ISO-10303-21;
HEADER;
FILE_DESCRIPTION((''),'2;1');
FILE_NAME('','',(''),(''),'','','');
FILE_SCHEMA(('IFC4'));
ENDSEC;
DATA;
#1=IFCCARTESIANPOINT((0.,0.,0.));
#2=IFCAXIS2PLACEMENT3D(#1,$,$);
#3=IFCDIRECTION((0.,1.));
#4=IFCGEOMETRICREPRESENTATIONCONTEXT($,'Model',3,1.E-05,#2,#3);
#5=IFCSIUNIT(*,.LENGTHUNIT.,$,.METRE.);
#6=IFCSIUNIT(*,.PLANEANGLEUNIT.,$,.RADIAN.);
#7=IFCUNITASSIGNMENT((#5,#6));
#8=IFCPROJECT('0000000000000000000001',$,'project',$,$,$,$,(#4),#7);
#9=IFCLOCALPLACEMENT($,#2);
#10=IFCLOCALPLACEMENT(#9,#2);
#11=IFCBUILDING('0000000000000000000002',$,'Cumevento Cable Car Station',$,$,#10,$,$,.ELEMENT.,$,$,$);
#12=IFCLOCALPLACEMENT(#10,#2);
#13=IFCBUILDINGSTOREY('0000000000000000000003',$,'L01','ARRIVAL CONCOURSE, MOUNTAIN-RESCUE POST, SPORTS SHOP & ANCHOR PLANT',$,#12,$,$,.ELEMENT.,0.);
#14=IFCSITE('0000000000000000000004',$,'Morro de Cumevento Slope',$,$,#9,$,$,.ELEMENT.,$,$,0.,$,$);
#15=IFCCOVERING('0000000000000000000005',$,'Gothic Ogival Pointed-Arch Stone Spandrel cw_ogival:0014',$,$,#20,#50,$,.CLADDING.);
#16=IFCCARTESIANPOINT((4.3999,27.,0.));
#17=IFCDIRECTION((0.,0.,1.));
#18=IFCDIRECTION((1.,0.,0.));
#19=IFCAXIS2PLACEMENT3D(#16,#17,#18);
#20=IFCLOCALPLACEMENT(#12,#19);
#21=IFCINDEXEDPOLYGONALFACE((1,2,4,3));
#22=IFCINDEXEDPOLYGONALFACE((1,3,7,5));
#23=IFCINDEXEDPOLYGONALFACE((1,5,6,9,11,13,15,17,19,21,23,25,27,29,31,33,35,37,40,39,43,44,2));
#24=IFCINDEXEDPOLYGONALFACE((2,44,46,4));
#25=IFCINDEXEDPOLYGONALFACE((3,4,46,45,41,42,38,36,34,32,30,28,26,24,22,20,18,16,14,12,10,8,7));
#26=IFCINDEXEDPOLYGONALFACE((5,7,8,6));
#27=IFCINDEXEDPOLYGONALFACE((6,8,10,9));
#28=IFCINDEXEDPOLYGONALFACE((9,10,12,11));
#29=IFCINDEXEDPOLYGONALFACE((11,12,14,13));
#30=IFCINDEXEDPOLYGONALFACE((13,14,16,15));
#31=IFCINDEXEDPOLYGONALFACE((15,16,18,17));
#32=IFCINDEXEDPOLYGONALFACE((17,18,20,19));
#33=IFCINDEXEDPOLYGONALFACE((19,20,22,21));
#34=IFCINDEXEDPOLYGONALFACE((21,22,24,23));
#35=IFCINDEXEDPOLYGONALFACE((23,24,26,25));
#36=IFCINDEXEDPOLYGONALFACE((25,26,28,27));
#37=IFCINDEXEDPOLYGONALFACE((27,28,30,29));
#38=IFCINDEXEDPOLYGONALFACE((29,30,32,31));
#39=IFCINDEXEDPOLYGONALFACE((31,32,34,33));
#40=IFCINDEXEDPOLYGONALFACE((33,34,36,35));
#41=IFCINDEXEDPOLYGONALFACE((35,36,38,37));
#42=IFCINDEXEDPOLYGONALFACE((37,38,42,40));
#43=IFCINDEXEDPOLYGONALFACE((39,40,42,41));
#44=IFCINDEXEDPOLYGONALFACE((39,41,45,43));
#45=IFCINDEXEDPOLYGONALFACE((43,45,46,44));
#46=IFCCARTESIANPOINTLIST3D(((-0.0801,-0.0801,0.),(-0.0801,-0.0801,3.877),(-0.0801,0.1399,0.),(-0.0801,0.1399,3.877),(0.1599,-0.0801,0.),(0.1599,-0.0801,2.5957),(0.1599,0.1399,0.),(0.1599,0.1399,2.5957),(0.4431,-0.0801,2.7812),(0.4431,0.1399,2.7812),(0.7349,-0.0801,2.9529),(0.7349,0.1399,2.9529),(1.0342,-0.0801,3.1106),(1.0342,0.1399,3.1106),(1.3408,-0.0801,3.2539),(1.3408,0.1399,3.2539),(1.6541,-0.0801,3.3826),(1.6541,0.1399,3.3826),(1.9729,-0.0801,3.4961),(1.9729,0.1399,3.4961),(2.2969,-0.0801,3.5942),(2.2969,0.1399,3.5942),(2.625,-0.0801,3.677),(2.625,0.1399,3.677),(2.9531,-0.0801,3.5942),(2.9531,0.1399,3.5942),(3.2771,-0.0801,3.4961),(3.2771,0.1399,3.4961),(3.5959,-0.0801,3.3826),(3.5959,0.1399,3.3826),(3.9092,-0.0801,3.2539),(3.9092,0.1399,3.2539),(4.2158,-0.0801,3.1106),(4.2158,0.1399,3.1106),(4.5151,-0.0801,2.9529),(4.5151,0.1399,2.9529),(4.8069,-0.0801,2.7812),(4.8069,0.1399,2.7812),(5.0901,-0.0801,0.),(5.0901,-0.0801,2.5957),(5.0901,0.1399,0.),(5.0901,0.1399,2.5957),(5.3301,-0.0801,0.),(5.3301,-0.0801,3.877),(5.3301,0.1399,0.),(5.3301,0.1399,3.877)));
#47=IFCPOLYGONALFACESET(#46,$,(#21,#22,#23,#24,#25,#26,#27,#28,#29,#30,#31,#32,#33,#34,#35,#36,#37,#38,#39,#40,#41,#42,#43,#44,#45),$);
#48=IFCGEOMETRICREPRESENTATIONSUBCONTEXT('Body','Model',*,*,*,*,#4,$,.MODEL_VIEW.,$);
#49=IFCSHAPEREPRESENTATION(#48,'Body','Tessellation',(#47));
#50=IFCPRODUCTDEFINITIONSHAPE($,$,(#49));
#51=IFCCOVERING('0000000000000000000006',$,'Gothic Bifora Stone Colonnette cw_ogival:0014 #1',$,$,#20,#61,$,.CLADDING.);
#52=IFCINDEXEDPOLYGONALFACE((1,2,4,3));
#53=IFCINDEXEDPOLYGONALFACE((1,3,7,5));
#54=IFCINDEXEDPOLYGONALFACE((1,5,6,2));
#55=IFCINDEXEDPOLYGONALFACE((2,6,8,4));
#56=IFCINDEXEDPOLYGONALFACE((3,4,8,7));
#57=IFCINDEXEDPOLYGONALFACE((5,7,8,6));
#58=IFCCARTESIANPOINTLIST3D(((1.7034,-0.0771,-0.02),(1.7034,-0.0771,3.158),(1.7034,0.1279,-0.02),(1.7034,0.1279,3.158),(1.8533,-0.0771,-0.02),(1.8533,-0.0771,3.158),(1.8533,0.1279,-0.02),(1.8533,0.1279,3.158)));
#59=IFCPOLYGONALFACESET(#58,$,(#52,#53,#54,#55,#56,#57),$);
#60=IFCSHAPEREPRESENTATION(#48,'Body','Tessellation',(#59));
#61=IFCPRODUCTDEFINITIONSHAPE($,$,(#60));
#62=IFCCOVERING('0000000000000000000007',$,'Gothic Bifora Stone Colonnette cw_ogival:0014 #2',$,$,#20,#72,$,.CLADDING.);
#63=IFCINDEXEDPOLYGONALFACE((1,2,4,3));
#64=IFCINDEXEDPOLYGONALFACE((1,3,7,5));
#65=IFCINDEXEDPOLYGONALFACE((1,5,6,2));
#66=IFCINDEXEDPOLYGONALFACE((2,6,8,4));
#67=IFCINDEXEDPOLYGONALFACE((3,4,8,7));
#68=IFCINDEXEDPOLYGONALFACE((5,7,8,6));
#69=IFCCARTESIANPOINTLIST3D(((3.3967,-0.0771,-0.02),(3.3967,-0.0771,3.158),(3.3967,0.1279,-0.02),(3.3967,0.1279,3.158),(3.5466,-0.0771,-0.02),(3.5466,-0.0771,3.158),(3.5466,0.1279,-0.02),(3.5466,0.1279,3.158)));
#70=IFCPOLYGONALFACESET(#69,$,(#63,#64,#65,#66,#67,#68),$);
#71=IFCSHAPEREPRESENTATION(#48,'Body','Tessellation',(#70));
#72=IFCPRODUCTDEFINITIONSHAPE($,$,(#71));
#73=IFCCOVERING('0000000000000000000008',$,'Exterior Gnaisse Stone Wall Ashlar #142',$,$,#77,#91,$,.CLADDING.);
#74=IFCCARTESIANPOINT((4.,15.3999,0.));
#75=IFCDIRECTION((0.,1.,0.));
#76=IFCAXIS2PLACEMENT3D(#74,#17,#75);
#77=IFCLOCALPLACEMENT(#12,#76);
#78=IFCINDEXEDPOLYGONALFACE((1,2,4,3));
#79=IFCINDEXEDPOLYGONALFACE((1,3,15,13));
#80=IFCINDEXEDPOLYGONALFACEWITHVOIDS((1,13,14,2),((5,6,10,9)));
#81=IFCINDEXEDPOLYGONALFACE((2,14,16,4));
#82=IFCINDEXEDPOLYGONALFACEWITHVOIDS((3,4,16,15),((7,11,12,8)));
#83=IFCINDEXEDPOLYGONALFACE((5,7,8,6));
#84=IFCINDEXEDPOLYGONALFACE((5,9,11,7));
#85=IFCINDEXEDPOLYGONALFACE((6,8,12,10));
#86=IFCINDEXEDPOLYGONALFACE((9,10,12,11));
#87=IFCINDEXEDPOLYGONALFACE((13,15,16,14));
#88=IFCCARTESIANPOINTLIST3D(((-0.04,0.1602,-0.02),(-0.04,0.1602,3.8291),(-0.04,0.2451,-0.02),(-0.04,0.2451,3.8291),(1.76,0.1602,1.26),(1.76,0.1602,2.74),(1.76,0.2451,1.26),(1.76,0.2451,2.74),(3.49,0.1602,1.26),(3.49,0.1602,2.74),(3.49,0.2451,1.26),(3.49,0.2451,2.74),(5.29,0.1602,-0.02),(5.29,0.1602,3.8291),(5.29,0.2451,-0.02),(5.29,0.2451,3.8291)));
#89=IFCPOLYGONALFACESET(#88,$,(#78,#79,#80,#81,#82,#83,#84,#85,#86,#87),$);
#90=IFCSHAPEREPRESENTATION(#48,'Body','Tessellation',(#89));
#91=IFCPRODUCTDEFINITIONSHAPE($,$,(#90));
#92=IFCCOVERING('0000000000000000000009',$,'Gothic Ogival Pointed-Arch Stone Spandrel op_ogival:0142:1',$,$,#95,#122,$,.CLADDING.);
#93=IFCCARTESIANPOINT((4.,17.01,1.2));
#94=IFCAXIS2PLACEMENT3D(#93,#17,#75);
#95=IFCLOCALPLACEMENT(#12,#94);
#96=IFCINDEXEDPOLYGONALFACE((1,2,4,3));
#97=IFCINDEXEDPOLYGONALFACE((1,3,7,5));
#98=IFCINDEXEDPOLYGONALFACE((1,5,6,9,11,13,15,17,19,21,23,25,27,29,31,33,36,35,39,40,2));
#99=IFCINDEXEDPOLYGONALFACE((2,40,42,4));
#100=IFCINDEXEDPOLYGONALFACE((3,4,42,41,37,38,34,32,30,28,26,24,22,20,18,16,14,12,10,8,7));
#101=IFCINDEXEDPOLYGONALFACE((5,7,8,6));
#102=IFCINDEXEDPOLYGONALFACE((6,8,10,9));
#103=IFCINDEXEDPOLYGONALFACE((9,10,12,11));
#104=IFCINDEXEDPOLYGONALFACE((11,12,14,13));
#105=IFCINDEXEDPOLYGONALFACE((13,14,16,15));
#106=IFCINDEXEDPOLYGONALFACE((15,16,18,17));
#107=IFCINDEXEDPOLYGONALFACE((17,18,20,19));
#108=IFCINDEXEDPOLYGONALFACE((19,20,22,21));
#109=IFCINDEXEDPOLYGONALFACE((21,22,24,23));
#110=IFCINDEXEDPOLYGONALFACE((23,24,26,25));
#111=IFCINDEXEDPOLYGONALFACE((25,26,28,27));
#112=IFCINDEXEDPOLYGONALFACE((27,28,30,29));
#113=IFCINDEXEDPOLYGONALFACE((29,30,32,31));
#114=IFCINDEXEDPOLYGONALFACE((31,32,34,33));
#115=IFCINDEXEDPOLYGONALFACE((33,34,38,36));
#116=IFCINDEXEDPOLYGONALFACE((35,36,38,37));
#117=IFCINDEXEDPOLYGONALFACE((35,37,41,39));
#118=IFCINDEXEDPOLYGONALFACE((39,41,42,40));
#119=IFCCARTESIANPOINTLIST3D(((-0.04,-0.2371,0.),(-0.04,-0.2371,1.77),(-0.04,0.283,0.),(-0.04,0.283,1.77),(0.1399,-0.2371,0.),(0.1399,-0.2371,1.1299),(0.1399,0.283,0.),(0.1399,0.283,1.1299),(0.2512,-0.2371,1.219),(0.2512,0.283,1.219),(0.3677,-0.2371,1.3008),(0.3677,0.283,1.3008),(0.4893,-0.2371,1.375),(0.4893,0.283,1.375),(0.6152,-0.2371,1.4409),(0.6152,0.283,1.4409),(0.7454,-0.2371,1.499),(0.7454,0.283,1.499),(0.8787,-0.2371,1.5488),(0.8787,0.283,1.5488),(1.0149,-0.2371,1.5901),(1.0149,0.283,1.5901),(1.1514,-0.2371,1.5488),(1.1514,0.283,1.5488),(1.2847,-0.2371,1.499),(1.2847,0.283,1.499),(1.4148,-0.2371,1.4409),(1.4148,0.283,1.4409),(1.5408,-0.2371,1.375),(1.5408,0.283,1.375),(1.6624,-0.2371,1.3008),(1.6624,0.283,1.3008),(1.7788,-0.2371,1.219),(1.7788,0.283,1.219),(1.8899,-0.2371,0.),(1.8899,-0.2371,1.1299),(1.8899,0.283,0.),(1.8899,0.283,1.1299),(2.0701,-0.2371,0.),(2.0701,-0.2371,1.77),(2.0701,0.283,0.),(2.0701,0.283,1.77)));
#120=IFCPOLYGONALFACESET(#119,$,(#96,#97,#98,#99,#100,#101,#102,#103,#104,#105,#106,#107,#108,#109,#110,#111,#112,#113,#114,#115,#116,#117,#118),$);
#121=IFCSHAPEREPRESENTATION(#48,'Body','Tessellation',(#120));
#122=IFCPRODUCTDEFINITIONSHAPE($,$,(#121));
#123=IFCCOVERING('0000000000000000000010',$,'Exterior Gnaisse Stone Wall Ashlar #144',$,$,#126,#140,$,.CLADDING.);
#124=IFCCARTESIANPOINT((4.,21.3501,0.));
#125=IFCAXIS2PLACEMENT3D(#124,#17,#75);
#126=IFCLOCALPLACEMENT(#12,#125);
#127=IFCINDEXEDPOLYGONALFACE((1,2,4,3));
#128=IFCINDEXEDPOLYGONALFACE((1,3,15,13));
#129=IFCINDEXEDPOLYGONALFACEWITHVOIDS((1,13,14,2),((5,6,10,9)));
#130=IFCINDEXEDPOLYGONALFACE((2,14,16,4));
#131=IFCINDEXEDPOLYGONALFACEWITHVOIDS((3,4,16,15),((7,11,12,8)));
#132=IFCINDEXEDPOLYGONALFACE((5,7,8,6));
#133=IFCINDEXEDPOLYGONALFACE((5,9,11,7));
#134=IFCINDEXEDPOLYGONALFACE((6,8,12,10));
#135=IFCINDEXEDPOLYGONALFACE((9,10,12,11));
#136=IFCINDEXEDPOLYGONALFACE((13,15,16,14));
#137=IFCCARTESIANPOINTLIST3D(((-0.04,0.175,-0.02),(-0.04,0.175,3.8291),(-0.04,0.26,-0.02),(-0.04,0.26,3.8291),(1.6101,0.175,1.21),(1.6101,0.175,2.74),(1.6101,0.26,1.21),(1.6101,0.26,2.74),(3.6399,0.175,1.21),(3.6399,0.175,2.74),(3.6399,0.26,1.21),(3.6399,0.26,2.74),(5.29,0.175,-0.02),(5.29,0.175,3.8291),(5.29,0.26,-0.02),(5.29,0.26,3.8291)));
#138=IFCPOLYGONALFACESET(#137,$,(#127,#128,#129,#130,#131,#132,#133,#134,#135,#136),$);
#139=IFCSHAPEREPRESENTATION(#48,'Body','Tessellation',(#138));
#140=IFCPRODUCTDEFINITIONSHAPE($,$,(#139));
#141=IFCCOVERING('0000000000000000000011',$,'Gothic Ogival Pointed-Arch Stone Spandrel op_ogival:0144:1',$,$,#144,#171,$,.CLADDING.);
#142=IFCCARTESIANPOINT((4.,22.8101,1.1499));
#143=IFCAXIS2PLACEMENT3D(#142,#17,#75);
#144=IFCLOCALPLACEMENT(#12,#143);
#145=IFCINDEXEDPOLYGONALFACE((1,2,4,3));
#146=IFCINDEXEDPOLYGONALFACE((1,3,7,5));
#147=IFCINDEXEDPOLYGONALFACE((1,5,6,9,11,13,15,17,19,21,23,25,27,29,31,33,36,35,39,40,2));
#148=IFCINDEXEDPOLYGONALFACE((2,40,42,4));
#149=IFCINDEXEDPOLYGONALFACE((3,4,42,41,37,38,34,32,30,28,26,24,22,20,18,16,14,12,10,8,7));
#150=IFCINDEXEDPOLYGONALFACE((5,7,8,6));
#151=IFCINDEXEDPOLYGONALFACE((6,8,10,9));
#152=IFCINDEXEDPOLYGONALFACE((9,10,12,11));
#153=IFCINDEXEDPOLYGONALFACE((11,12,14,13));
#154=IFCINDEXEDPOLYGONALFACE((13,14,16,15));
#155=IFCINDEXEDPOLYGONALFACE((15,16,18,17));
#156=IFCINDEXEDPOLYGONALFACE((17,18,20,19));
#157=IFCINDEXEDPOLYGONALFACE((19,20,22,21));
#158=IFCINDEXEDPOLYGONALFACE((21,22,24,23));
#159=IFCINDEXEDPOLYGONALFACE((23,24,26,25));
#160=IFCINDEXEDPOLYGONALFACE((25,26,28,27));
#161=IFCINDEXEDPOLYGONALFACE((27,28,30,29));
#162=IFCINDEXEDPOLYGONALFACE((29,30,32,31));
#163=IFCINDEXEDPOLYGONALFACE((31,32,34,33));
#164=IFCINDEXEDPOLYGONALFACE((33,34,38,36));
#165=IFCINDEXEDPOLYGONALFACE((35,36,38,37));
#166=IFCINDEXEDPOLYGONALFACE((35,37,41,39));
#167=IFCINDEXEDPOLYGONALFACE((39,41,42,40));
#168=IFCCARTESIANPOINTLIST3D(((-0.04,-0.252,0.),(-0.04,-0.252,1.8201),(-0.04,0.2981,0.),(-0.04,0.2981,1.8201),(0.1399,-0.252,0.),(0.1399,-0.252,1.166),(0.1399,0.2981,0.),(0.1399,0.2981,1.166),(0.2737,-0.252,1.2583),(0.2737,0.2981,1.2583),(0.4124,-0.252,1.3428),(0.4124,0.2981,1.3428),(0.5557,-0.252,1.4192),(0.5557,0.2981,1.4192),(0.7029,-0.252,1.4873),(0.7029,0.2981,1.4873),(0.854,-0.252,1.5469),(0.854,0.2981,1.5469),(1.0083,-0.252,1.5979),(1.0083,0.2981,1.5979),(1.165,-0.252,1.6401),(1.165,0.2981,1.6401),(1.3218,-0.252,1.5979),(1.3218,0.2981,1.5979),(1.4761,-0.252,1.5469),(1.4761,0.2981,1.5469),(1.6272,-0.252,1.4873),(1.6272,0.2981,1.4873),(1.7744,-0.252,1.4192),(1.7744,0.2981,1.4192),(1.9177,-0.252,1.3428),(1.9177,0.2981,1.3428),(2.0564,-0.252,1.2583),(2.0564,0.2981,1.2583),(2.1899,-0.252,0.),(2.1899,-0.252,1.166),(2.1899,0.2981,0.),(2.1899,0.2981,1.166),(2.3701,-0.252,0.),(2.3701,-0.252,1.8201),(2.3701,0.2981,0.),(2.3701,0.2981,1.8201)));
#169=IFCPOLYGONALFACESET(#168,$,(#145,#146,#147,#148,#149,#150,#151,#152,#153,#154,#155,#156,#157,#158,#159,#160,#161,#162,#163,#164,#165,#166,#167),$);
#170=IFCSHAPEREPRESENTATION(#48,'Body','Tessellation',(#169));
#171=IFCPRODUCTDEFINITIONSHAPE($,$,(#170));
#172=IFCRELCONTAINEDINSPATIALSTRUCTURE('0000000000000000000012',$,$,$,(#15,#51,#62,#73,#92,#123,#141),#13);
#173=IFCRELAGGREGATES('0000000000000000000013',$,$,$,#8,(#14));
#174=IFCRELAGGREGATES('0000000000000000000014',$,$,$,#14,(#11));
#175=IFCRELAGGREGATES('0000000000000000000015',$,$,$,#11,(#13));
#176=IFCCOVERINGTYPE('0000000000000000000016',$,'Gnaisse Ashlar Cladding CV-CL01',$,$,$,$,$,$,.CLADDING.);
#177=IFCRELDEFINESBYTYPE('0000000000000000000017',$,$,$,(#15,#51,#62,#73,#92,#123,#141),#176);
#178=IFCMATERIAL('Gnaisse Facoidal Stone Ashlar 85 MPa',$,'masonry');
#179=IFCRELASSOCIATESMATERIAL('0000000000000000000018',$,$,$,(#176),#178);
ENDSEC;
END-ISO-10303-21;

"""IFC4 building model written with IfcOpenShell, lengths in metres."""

from ifc_helpers import new_model, si_unit, direction, frame, origin, place, context, subcontext, project, spatial, polyline, outline, extrude, material, type_object, element, save


model = new_model("IFC4")

# Units and contexts
model_context = context("Model", 3, precision=1e-05, world=origin(), true_north=direction((0.0, 1.0)))
body_context = subcontext(model_context, "Body", "Model", "MODEL_VIEW")
ifc_project = project(units=[si_unit("LENGTHUNIT", "METRE"), si_unit("PLANEANGLEUNIT", "RADIAN")], contexts=[model_context])

# Site, building, storey
site_placement = place(None, origin())
site = spatial("IfcSite", under=ifc_project, at=site_placement, Name="Morro de Cumevento Slope", CompositionType="ELEMENT", RefElevation=0.0)
building_placement = place(site_placement, origin())
building = spatial("IfcBuilding", under=site, at=building_placement, Name="Cumevento Cable Car Station", CompositionType="ELEMENT")
storey_placement = place(building_placement, origin())
storey = spatial("IfcBuildingStorey", under=building, at=storey_placement, Name="L01", Description="ARRIVAL CONCOURSE, MOUNTAIN-RESCUE POST, SPORTS SHOP & ANCHOR PLANT", CompositionType="ELEMENT", Elevation=0.0)

# Coverings
ifc_material_1 = material(Name="Gnaisse Facoidal Stone Ashlar 85 MPa", Category="masonry")
covering_type = type_object("IfcCoveringType", Name="Gnaisse Ashlar Cladding CV-CL01", PredefinedType="CLADDING", material=ifc_material_1)
placement = place(storey_placement, frame((4.3999, 27.0, 0.0), z_axis=(0.0, 0.0, 1.0), x_axis=(1.0, 0.0, 0.0)))
element("IfcCovering", 1, at=placement, inside=storey, type_object=covering_type, Name="Gothic Ogival Pointed-Arch Stone Spandrel cw_ogival:0014", PredefinedType="CLADDING", context=body_context, shape_type="SweptSolid", body=[
    extrude(outline(polyline([(-0.0801, 0.0), (-0.0801, 3.877), (5.3301, 3.877), (5.3301, 0.0), (5.0901, 0.0), (5.0901, 2.5957), (4.8069, 2.7812), (4.5151, 2.9529), (4.2158, 3.1106), (3.9092, 3.2539), (3.5959, 3.3826), (3.2771, 3.4961), (2.9531, 3.5942), (2.625, 3.677), (2.2969, 3.5942), (1.9729, 3.4961), (1.6541, 3.3826), (1.3408, 3.2539), (1.0342, 3.1106), (0.7349, 2.9529), (0.4431, 2.7812), (0.1599, 2.5957), (0.1599, 0.0), (-0.0801, 0.0)])), frame((0.0, 0.1399, 0.0), z_axis=(0.0, -1.0, 0.0), x_axis=(1.0, 0.0, 0.0)), (0.0, 0.0, 1.0), 0.22),
])
element("IfcCovering", 2, at=placement, inside=storey, type_object=covering_type, Name="Gothic Bifora Stone Colonnette cw_ogival:0014 #1", PredefinedType="CLADDING", context=body_context, shape_type="SweptSolid", body=[
    extrude(outline(polyline([(1.7034, -0.02), (1.8533, -0.02), (1.8533, 3.158), (1.7034, 3.158), (1.7034, -0.02)])), frame((0.0, 0.1279, 0.0), z_axis=(0.0, -1.0, 0.0), x_axis=(1.0, 0.0, 0.0)), (0.0, 0.0, 1.0), 0.2051),
])
element("IfcCovering", 3, at=placement, inside=storey, type_object=covering_type, Name="Gothic Bifora Stone Colonnette cw_ogival:0014 #2", PredefinedType="CLADDING", context=body_context, shape_type="SweptSolid", body=[
    extrude(outline(polyline([(3.3967, -0.02), (3.5466, -0.02), (3.5466, 3.158), (3.3967, 3.158), (3.3967, -0.02)])), frame((0.0, 0.1279, 0.0), z_axis=(0.0, -1.0, 0.0), x_axis=(1.0, 0.0, 0.0)), (0.0, 0.0, 1.0), 0.2051),
])
covering_1_placement = place(storey_placement, frame((4.0, 15.3999, 0.0), z_axis=(0.0, 0.0, 1.0), x_axis=(0.0, 1.0, 0.0)))
element("IfcCovering", 4, at=covering_1_placement, inside=storey, type_object=covering_type, Name="Exterior Gnaisse Stone Wall Ashlar #142", PredefinedType="CLADDING", context=body_context, shape_type="SweptSolid", body=[
    extrude(outline(polyline([(-0.04, -0.02), (5.29, -0.02), (5.29, 3.8291), (-0.04, 3.8291), (-0.04, -0.02)]), holes=[polyline([(1.76, 1.26), (3.49, 1.26), (3.49, 2.74), (1.76, 2.74), (1.76, 1.26)])]), frame((0.0, 0.2451, 0.0), z_axis=(0.0, -1.0, 0.0), x_axis=(1.0, 0.0, 0.0)), (0.0, 0.0, 1.0), 0.085),
])
covering_2_placement = place(storey_placement, frame((4.0, 17.01, 1.2), z_axis=(0.0, 0.0, 1.0), x_axis=(0.0, 1.0, 0.0)))
element("IfcCovering", 5, at=covering_2_placement, inside=storey, type_object=covering_type, Name="Gothic Ogival Pointed-Arch Stone Spandrel op_ogival:0142:1", PredefinedType="CLADDING", context=body_context, shape_type="SweptSolid", body=[
    extrude(outline(polyline([(-0.04, 0.0), (-0.04, 1.77), (2.0701, 1.77), (2.0701, 0.0), (1.8899, 0.0), (1.8899, 1.1299), (1.7788, 1.219), (1.6624, 1.3008), (1.5408, 1.375), (1.4148, 1.4409), (1.2847, 1.499), (1.1514, 1.5488), (1.0149, 1.5901), (0.8787, 1.5488), (0.7454, 1.499), (0.6152, 1.4409), (0.4893, 1.375), (0.3677, 1.3008), (0.2512, 1.219), (0.1399, 1.1299), (0.1399, 0.0), (-0.04, 0.0)])), frame((0.0, 0.283, 0.0), z_axis=(0.0, -1.0, 0.0), x_axis=(1.0, 0.0, 0.0)), (0.0, 0.0, 1.0), 0.52),
])
covering_3_placement = place(storey_placement, frame((4.0, 21.3501, 0.0), z_axis=(0.0, 0.0, 1.0), x_axis=(0.0, 1.0, 0.0)))
element("IfcCovering", 6, at=covering_3_placement, inside=storey, type_object=covering_type, Name="Exterior Gnaisse Stone Wall Ashlar #144", PredefinedType="CLADDING", context=body_context, shape_type="SweptSolid", body=[
    extrude(outline(polyline([(-0.04, -0.02), (5.29, -0.02), (5.29, 3.8291), (-0.04, 3.8291), (-0.04, -0.02)]), holes=[polyline([(1.6101, 1.21), (3.6399, 1.21), (3.6399, 2.74), (1.6101, 2.74), (1.6101, 1.21)])]), frame((0.0, 0.26, 0.0), z_axis=(0.0, -1.0, 0.0), x_axis=(1.0, 0.0, 0.0)), (0.0, 0.0, 1.0), 0.085),
])
covering_4_placement = place(storey_placement, frame((4.0, 22.8101, 1.1499), z_axis=(0.0, 0.0, 1.0), x_axis=(0.0, 1.0, 0.0)))
element("IfcCovering", 7, at=covering_4_placement, inside=storey, type_object=covering_type, Name="Gothic Ogival Pointed-Arch Stone Spandrel op_ogival:0144:1", PredefinedType="CLADDING", context=body_context, shape_type="SweptSolid", body=[
    extrude(outline(polyline([(-0.04, 0.0), (-0.04, 1.8201), (2.3701, 1.8201), (2.3701, 0.0), (2.1899, 0.0), (2.1899, 1.166), (2.0564, 1.2583), (1.9177, 1.3428), (1.7744, 1.4192), (1.6272, 1.4873), (1.4761, 1.5469), (1.3218, 1.5979), (1.165, 1.6401), (1.0083, 1.5979), (0.854, 1.5469), (0.7029, 1.4873), (0.5557, 1.4192), (0.4124, 1.3428), (0.2737, 1.2583), (0.1399, 1.166), (0.1399, 0.0), (-0.04, 0.0)])), frame((0.0, 0.2981, 0.0), z_axis=(0.0, -1.0, 0.0), x_axis=(1.0, 0.0, 0.0)), (0.0, 0.0, 1.0), 0.55),
])

save(model, "model.ifc")
